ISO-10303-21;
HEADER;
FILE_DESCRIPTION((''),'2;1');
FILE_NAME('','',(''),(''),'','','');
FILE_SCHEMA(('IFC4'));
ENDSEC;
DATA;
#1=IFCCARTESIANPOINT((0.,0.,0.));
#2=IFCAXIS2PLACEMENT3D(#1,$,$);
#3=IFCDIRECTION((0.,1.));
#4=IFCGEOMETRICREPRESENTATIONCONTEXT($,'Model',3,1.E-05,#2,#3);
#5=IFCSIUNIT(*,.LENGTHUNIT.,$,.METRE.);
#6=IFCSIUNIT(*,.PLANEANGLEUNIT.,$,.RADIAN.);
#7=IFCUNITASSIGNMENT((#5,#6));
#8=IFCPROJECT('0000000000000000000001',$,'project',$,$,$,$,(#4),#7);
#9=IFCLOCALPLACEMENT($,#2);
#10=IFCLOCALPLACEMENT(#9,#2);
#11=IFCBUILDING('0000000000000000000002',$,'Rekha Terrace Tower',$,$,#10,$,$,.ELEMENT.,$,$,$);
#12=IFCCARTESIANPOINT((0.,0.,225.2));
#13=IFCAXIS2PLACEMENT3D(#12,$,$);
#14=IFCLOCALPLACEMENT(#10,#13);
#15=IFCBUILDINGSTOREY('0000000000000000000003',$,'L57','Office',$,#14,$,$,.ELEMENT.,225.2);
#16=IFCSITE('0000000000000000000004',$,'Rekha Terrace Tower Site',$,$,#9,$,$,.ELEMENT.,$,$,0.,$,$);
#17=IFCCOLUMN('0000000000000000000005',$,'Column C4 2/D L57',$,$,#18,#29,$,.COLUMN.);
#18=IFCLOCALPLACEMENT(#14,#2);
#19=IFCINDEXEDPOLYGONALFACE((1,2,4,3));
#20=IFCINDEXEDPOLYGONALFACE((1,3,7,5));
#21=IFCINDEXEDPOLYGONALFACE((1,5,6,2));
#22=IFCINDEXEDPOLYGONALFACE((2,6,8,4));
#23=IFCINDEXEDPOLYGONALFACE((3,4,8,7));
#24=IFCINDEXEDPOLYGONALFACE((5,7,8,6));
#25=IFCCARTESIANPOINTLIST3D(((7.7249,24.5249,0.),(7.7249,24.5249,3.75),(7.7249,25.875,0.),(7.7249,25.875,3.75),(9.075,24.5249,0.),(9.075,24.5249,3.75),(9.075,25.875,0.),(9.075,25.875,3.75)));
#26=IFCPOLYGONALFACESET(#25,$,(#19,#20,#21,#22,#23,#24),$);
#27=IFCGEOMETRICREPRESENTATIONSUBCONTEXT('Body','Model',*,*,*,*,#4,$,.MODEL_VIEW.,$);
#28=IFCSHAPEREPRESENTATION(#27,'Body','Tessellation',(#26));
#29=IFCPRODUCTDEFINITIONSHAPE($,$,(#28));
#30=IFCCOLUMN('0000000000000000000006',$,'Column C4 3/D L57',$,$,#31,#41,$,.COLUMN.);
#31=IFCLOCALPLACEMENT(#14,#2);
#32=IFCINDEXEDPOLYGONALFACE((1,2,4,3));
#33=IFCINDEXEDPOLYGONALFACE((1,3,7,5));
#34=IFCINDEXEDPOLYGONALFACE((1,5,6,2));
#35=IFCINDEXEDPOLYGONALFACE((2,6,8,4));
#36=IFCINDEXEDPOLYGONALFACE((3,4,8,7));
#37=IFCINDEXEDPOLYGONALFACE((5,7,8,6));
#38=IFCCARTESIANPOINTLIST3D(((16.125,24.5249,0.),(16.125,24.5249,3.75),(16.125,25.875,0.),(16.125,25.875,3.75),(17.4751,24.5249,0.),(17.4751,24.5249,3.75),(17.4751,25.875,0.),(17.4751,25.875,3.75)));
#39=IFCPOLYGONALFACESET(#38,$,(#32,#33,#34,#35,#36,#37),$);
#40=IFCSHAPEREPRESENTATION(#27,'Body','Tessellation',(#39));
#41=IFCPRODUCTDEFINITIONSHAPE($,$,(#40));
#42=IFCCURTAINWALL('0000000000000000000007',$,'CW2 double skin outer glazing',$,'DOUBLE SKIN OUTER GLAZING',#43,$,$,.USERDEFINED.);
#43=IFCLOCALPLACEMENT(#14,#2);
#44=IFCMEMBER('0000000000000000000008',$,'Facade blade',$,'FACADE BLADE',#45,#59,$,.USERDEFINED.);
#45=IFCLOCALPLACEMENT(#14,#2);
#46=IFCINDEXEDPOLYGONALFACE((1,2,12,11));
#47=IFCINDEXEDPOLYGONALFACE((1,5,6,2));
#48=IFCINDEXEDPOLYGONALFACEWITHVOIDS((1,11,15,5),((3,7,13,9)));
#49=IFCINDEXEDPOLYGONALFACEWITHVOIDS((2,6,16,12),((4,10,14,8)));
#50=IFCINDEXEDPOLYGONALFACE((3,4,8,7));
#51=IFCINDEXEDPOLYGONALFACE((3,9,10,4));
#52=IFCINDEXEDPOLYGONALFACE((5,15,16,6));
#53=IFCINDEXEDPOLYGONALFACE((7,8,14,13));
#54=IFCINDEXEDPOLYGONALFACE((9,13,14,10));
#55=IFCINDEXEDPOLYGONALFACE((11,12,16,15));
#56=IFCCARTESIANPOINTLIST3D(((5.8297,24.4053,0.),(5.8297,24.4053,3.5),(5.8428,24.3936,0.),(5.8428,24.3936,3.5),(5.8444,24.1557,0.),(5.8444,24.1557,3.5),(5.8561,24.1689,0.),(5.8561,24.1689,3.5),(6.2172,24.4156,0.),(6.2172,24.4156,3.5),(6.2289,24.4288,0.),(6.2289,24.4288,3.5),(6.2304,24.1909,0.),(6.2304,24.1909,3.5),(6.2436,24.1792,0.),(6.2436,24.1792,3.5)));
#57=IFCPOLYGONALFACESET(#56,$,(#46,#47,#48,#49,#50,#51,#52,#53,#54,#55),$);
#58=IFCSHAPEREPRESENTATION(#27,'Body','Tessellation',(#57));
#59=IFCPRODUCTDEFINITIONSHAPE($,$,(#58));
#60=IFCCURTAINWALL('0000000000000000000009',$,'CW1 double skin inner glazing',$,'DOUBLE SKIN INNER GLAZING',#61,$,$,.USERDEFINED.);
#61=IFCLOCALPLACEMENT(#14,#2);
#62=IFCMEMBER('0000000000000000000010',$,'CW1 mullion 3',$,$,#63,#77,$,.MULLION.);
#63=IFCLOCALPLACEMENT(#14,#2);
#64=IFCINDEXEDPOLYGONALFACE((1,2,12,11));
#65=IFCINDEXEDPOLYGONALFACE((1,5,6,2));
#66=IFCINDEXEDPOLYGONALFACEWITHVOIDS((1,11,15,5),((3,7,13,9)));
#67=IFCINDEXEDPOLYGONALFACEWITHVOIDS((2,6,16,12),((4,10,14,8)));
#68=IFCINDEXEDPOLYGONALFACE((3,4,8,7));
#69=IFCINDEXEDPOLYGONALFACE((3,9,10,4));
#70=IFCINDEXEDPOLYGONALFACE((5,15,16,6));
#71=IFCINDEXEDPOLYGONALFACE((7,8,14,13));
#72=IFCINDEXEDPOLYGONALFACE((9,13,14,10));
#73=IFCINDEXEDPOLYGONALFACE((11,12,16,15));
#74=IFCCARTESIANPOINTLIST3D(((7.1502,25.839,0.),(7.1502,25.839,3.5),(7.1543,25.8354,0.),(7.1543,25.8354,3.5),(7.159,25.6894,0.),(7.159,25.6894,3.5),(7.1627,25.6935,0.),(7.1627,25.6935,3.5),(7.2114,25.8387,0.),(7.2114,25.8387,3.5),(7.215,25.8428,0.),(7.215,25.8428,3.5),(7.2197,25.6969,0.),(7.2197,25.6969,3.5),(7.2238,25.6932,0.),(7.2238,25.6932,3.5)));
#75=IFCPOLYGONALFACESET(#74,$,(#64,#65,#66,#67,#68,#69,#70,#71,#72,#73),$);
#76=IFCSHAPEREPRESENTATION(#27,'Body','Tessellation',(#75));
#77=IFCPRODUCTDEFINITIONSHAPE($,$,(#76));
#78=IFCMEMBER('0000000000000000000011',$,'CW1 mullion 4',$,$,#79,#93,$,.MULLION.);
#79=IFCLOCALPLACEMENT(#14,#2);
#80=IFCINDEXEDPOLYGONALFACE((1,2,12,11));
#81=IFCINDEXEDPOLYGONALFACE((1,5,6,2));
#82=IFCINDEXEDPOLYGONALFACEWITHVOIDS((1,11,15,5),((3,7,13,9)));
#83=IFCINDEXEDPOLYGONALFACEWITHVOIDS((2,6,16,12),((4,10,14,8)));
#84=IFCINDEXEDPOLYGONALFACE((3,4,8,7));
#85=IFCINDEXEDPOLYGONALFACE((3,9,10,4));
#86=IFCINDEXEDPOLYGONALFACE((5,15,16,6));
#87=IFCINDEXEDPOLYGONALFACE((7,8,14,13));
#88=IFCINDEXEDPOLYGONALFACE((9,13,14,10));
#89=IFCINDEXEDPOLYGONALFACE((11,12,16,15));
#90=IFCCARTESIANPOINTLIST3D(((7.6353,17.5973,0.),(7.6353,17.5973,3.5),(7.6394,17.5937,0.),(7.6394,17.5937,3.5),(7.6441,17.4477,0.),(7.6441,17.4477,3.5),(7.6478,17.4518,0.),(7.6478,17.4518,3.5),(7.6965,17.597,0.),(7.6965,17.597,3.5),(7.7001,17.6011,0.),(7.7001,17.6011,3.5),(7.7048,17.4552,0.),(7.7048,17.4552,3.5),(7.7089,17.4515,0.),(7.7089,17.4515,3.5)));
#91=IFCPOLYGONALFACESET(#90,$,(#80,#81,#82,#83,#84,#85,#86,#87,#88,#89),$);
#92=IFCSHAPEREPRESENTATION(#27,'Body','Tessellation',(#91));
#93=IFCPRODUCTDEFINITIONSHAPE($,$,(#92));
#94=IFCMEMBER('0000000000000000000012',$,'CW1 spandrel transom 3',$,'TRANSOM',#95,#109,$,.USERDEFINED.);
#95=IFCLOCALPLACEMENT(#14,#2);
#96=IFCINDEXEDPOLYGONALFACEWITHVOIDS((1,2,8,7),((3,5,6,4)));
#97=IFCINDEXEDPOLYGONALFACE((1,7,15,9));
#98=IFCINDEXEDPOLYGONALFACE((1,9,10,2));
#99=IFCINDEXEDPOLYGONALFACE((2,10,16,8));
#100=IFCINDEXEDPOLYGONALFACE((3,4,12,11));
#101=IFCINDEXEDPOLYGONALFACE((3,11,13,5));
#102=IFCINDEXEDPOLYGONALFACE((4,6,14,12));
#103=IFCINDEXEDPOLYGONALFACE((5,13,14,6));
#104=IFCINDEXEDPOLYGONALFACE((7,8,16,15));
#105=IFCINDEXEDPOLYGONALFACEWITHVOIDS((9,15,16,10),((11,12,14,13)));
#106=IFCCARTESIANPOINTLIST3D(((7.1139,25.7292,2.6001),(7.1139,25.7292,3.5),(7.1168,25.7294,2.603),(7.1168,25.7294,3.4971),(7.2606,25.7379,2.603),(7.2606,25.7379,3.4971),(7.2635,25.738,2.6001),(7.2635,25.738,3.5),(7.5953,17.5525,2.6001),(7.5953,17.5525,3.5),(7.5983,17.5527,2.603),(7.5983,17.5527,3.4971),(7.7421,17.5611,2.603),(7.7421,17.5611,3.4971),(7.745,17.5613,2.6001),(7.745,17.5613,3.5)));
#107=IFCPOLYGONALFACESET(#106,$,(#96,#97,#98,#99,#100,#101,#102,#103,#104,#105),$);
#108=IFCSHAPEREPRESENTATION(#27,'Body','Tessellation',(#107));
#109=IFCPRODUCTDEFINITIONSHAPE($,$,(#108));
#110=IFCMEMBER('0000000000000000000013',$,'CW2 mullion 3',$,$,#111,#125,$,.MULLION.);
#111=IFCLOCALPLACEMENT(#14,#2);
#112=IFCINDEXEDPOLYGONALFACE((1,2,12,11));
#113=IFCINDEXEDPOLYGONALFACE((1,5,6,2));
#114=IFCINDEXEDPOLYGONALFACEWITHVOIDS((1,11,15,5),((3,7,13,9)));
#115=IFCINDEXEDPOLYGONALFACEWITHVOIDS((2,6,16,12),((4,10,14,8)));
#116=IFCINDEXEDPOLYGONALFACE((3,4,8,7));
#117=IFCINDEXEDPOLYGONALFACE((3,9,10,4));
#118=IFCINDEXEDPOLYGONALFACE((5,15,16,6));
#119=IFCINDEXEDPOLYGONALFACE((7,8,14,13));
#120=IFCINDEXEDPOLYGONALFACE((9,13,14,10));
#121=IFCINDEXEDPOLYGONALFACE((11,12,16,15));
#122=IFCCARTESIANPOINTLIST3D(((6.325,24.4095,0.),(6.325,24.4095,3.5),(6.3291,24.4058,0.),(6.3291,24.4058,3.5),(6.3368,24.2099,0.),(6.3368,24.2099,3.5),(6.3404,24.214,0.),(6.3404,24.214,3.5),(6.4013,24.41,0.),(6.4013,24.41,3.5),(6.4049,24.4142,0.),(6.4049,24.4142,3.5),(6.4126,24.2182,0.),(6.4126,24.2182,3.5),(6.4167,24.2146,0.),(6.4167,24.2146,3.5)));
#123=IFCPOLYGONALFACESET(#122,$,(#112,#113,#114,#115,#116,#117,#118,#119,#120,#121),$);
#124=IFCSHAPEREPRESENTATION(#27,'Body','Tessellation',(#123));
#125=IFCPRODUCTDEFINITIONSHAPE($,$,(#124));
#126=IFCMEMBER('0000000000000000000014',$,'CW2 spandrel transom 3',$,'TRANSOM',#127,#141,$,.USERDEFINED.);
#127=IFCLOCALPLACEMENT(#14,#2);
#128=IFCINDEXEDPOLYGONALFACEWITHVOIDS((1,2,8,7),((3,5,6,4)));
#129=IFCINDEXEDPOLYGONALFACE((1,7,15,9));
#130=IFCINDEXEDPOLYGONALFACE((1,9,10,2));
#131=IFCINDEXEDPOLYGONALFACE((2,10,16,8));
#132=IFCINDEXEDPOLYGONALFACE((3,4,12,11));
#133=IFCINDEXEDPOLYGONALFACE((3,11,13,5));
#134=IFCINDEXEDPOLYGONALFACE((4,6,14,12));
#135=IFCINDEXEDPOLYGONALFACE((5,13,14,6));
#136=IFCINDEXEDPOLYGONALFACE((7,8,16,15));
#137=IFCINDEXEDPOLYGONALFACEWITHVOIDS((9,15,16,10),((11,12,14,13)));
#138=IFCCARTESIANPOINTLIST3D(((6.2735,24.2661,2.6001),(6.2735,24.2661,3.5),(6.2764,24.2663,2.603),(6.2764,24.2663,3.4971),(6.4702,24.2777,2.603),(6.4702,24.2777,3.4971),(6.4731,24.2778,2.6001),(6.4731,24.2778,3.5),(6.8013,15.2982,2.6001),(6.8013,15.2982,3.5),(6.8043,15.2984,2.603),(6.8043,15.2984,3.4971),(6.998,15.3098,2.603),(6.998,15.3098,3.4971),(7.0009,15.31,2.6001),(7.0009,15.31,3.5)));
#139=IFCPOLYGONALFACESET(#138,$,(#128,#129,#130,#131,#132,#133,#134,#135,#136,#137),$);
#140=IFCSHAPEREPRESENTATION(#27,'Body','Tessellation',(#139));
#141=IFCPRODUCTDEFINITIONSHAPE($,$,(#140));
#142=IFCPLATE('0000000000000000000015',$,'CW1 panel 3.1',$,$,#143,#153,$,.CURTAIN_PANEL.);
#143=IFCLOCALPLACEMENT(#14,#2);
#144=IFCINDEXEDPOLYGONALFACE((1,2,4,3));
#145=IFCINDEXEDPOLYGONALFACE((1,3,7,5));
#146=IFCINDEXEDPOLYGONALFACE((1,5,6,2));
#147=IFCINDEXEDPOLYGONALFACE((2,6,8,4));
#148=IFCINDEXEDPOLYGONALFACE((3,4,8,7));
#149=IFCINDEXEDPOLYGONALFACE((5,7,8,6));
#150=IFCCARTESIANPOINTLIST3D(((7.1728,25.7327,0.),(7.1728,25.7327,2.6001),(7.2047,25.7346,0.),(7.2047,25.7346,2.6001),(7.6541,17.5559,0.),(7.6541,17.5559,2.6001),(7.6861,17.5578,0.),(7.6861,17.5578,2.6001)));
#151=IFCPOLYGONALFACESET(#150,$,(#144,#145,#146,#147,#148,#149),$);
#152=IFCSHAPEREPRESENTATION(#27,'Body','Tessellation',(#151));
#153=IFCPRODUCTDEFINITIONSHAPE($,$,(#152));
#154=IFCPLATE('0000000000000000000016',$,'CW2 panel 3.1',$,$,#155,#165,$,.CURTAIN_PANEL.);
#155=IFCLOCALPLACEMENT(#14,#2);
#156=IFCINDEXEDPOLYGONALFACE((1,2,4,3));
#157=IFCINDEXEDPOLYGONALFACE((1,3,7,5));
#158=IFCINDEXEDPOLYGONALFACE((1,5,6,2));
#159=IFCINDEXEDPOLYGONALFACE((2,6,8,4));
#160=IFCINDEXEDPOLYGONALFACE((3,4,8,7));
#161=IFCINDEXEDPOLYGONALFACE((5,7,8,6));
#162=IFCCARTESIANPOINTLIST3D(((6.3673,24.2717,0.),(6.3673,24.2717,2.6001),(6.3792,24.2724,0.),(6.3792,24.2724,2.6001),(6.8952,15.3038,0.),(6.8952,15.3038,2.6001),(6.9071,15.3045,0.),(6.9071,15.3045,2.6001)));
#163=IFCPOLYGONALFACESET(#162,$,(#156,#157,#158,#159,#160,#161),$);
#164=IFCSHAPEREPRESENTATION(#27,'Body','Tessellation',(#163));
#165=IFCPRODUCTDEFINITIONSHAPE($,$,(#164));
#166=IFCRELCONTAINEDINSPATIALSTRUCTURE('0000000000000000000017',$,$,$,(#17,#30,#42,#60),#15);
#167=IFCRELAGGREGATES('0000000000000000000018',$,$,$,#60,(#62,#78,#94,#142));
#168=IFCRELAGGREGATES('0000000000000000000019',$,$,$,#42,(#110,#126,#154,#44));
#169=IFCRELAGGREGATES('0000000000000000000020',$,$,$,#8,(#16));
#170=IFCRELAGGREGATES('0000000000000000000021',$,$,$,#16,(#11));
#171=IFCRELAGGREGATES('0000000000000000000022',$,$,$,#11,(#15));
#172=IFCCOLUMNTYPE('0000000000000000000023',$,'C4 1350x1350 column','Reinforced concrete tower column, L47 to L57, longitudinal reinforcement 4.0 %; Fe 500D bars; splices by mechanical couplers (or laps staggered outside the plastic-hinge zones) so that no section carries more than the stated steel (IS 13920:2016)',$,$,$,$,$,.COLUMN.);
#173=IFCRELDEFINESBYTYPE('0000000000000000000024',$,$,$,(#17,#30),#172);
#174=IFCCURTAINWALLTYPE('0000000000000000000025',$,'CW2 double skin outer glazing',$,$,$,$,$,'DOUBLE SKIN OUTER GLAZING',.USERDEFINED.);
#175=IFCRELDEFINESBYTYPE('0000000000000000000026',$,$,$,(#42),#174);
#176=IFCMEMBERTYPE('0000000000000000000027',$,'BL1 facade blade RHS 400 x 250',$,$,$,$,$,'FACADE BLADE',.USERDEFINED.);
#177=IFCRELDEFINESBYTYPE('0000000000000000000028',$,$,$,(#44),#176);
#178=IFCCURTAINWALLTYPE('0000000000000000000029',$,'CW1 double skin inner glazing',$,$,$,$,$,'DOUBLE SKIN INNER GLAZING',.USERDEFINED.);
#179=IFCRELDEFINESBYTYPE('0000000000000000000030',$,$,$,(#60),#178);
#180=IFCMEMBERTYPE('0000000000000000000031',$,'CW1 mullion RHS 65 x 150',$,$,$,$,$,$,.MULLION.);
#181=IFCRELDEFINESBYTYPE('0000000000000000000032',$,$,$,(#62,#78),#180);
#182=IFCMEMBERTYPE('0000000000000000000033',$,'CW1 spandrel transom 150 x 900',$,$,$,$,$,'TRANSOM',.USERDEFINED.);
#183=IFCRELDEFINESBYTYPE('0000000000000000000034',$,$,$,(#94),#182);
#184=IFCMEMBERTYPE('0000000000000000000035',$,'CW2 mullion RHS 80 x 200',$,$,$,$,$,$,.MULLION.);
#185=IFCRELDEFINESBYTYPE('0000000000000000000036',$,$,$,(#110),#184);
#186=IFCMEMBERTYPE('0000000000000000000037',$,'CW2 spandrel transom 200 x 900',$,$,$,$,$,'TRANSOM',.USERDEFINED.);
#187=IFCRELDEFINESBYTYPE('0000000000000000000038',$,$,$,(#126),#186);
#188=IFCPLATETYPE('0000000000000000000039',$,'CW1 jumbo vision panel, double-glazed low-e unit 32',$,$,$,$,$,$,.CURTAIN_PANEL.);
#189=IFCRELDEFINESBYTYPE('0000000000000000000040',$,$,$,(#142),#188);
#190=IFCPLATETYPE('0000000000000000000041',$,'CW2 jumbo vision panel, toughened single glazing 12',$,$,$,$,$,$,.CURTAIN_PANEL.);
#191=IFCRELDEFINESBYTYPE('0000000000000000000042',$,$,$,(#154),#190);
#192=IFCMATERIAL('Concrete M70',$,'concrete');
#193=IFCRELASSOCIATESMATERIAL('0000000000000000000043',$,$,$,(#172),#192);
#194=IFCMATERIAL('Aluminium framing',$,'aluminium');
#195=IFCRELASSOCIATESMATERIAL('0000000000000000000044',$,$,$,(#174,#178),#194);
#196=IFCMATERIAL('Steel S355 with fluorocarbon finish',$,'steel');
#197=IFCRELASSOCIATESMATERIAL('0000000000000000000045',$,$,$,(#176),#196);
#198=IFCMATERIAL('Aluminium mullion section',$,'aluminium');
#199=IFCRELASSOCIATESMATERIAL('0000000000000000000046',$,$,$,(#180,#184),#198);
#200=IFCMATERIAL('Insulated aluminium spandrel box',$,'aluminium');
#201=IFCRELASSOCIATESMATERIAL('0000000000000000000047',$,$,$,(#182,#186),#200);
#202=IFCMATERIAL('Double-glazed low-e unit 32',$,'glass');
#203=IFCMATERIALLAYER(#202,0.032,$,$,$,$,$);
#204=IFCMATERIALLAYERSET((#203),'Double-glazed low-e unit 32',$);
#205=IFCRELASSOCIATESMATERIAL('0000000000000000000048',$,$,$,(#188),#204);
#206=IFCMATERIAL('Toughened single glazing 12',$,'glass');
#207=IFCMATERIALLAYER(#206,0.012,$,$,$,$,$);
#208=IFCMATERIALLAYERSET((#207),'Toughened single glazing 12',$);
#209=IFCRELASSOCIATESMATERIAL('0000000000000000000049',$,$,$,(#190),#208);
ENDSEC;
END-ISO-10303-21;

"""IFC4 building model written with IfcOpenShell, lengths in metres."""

from ifc_helpers import new_model, si_unit, direction, frame, origin, origin_2d, place, context, subcontext, project, spatial, rectangle, hollow_rectangle, extrude, material, layer, layer_set, material_profile, profile_set, type_object, element, aggregate, save


model = new_model("IFC4")

# Units and contexts
model_context = context("Model", 3, precision=1e-05, world=origin(), true_north=direction((0.0, 1.0)))
body_context = subcontext(model_context, "Body", "Model", "MODEL_VIEW")
ifc_project = project(units=[si_unit("LENGTHUNIT", "METRE"), si_unit("PLANEANGLEUNIT", "RADIAN")], contexts=[model_context])

# Site, building, storey
site_placement = place(None, origin())
site = spatial("IfcSite", under=ifc_project, at=site_placement, Name="Rekha Terrace Tower Site", CompositionType="ELEMENT", RefElevation=0.0)
building_placement = place(site_placement, origin())
building = spatial("IfcBuilding", under=site, at=building_placement, Name="Rekha Terrace Tower", CompositionType="ELEMENT")
storey_placement = place(building_placement, frame((0.0, 0.0, 225.2)))
storey = spatial("IfcBuildingStorey", under=building, at=storey_placement, Name="L57", Description="Office", CompositionType="ELEMENT", Elevation=225.2)

# Columns
ifc_material_1 = material(Name="Concrete M70", Category="concrete")
ifc_material_profile_1 = material_profile(ifc_material_1, rectangle(XDim=1.3501, YDim=1.3501, at=origin_2d()), Name="RC 1350x1350")
ifc_profile_set_1 = profile_set([ifc_material_profile_1], Name="Concrete M70")
column_type = type_object("IfcColumnType", Name="C4 1350x1350 column", Description="Reinforced concrete tower column, L47 to L57, longitudinal reinforcement 4.0 %; Fe 500D bars; splices by mechanical couplers (or laps staggered outside the plastic-hinge zones) so that no section carries more than the stated steel (IS 13920:2016)", PredefinedType="COLUMN", material=ifc_profile_set_1)
for number, where, z_axis, x_axis, name in (
    (1, (8.3999, 25.2, 0.0), (0.0, 0.0, 1.0), (1.0, 0.0, 0.0), "Column C4 2/D L57"),
    (2, (16.8, 25.2, 0.0), (0.0, 0.0, 1.0), (1.0, 0.0, 0.0), "Column C4 3/D L57"),
):
    element("IfcColumn", number, at=place(storey_placement, frame(where, z_axis=z_axis, x_axis=x_axis)), inside=storey, type_object=column_type, Name=name, PredefinedType="COLUMN", context=body_context, shape_type="SweptSolid", body=[
        extrude(rectangle(XDim=1.3501, YDim=1.3501, at=origin_2d()), origin(), (0.0, 0.0, 1.0), 3.75),
    ])

# Curtain wall, member
ifc_material_2 = material(Name="Aluminium framing", Category="aluminium")
curtain_wall_type_1 = type_object("IfcCurtainWallType", Name="CW2 double skin outer glazing", ElementType="DOUBLE SKIN OUTER GLAZING", PredefinedType="USERDEFINED", material=ifc_material_2)
curtain_wall_1_placement = place(storey_placement, origin())
curtain_wall_1 = element("IfcCurtainWall", 3, at=curtain_wall_1_placement, inside=storey, type_object=curtain_wall_type_1, Name="CW2 double skin outer glazing", ObjectType="DOUBLE SKIN OUTER GLAZING", PredefinedType="USERDEFINED")
ifc_material_3 = material(Name="Steel S355 with fluorocarbon finish", Category="steel")
ifc_material_profile_2 = material_profile(ifc_material_3, hollow_rectangle(XDim=0.25, YDim=0.3999, WallThickness=0.0125, at=origin_2d()), Name="RHS400x250x12.5")
ifc_profile_set_2 = profile_set([ifc_material_profile_2], Name="Steel S355 with fluorocarbon finish")
member_type_1 = type_object("IfcMemberType", Name="BL1 facade blade RHS 400 x 250", ElementType="FACADE BLADE", PredefinedType="USERDEFINED", material=ifc_profile_set_2)
member_1_placement = place(storey_placement, frame((6.0366, 24.2922, 0.0), z_axis=(0.0, 0.0, 1.0), x_axis=(0.058765, -0.998272, 0.0)))
member_1 = element("IfcMember", 4, at=member_1_placement, type_object=member_type_1, Name="Facade blade", ObjectType="FACADE BLADE", PredefinedType="USERDEFINED", context=body_context, shape_type="SweptSolid", body=[
    extrude(hollow_rectangle(XDim=0.25, YDim=0.3999, WallThickness=0.0125, at=origin_2d()), origin(), (0.0, 0.0, 1.0), 3.5),
])

# Curtain wall, members
curtain_wall_type_2 = type_object("IfcCurtainWallType", Name="CW1 double skin inner glazing", ElementType="DOUBLE SKIN INNER GLAZING", PredefinedType="USERDEFINED", material=ifc_material_2)
curtain_wall_2_placement = place(storey_placement, origin())
curtain_wall_2 = element("IfcCurtainWall", 5, at=curtain_wall_2_placement, inside=storey, type_object=curtain_wall_type_2, Name="CW1 double skin inner glazing", ObjectType="DOUBLE SKIN INNER GLAZING", PredefinedType="USERDEFINED")
ifc_material_4 = material(Name="Aluminium mullion section", Category="aluminium")
ifc_material_profile_3 = material_profile(ifc_material_4, hollow_rectangle(XDim=0.0649, YDim=0.1499, WallThickness=0.0039, at=origin_2d()), Name="AL RHS 65x150")
ifc_profile_set_3 = profile_set([ifc_material_profile_3], Name="Aluminium mullion section")
member_type_2 = type_object("IfcMemberType", Name="CW1 mullion RHS 65 x 150", PredefinedType="MULLION", material=ifc_profile_set_3)
member_2_placement = place(storey_placement, frame((7.187, 25.7661, 0.0), z_axis=(0.0, 0.0, 1.0), x_axis=(0.998272, 0.058765, 0.0)))
member_2 = element("IfcMember", 6, at=member_2_placement, type_object=member_type_2, Name="CW1 mullion 3", PredefinedType="MULLION", context=body_context, shape_type="SweptSolid", body=[
    extrude(hollow_rectangle(XDim=0.0649, YDim=0.1499, WallThickness=0.0039, at=origin_2d()), origin(), (0.0, 0.0, 1.0), 3.5),
])
member_3_placement = place(storey_placement, frame((7.6721, 17.5244, 0.0), z_axis=(0.0, 0.0, 1.0), x_axis=(0.998272, 0.058765, 0.0)))
member_3 = element("IfcMember", 7, at=member_3_placement, type_object=member_type_2, Name="CW1 mullion 4", PredefinedType="MULLION", context=body_context, shape_type="SweptSolid", body=[
    extrude(hollow_rectangle(XDim=0.0649, YDim=0.1499, WallThickness=0.0039, at=origin_2d()), origin(), (0.0, 0.0, 1.0), 3.5),
])
ifc_material_5 = material(Name="Insulated aluminium spandrel box", Category="aluminium")
ifc_material_profile_4 = material_profile(ifc_material_5, hollow_rectangle(XDim=0.1499, YDim=0.8999, WallThickness=0.0029, at=origin_2d()), Name="AL SPANDREL BOX 150x900")
ifc_profile_set_4 = profile_set([ifc_material_profile_4], Name="Insulated aluminium spandrel box")
member_type_3 = type_object("IfcMemberType", Name="CW1 spandrel transom 150 x 900", ElementType="TRANSOM", PredefinedType="USERDEFINED", material=ifc_profile_set_4)
member_4_placement = place(storey_placement, frame((7.1887, 25.7336, 3.05), z_axis=(0.058778, -0.998271, 0.0), x_axis=(0.998271, 0.058778, 0.0)))
member_4 = element("IfcMember", 8, at=member_4_placement, type_object=member_type_3, Name="CW1 spandrel transom 3", ObjectType="TRANSOM", PredefinedType="USERDEFINED", context=body_context, shape_type="SweptSolid", body=[
    extrude(hollow_rectangle(XDim=0.1499, YDim=0.8999, WallThickness=0.0029, at=origin_2d()), origin(), (0.0, 0.0, 1.0), 8.1909),
])

# Members
ifc_material_profile_5 = material_profile(ifc_material_4, hollow_rectangle(XDim=0.0801, YDim=0.2, WallThickness=0.0039, at=origin_2d()), Name="AL RHS 80x200")
ifc_profile_set_5 = profile_set([ifc_material_profile_5], Name="Aluminium mullion section")
member_type_4 = type_object("IfcMemberType", Name="CW2 mullion RHS 80 x 200", PredefinedType="MULLION", material=ifc_profile_set_5)
member_5_placement = place(storey_placement, frame((6.3708, 24.312, 0.0), z_axis=(0.0, 0.0, 1.0), x_axis=(0.998272, 0.058765, 0.0)))
member_5 = element("IfcMember", 9, at=member_5_placement, type_object=member_type_4, Name="CW2 mullion 3", PredefinedType="MULLION", context=body_context, shape_type="SweptSolid", body=[
    extrude(hollow_rectangle(XDim=0.0801, YDim=0.2, WallThickness=0.0039, at=origin_2d()), origin(), (0.0, 0.0, 1.0), 3.5),
])
ifc_material_profile_6 = material_profile(ifc_material_5, hollow_rectangle(XDim=0.2, YDim=0.8999, WallThickness=0.0029, at=origin_2d()), Name="AL SPANDREL BOX 200x900")
ifc_profile_set_6 = profile_set([ifc_material_profile_6], Name="Insulated aluminium spandrel box")
member_type_5 = type_object("IfcMemberType", Name="CW2 spandrel transom 200 x 900", ElementType="TRANSOM", PredefinedType="USERDEFINED", material=ifc_profile_set_6)
member_6_placement = place(storey_placement, frame((6.3733, 24.272, 3.05), z_axis=(0.058757, -0.998272, 0.0), x_axis=(0.998272, 0.058757, 0.0)))
member_6 = element("IfcMember", 10, at=member_6_placement, type_object=member_type_5, Name="CW2 spandrel transom 3", ObjectType="TRANSOM", PredefinedType="USERDEFINED", context=body_context, shape_type="SweptSolid", body=[
    extrude(hollow_rectangle(XDim=0.2, YDim=0.8999, WallThickness=0.0029, at=origin_2d()), origin(), (0.0, 0.0, 1.0), 8.9834),
])

# Plates
ifc_material_6 = material(Name="Double-glazed low-e unit 32", Category="glass")
ifc_layer_1 = layer(ifc_material_6, 0.032)
ifc_layer_set_1 = layer_set([ifc_layer_1], Name="Double-glazed low-e unit 32")
plate_type_1 = type_object("IfcPlateType", Name="CW1 jumbo vision panel, double-glazed low-e unit 32", PredefinedType="CURTAIN_PANEL", material=ifc_layer_set_1)
plate_1_placement = place(storey_placement, frame((7.4294, 21.6453, 0.0), z_axis=(0.0, 0.0, 1.0), x_axis=(0.058765, -0.998272, 0.0)))
plate_1 = element("IfcPlate", 11, at=plate_1_placement, type_object=plate_type_1, Name="CW1 panel 3.1", PredefinedType="CURTAIN_PANEL", context=body_context, shape_type="SweptSolid", body=[
    extrude(rectangle(XDim=8.1909, YDim=0.032, at=origin_2d()), origin(), (0.0, 0.0, 1.0), 2.6001),
])
aggregate(curtain_wall_2, [member_2, member_3, member_4, plate_1])
ifc_material_7 = material(Name="Toughened single glazing 12", Category="glass")
ifc_layer_2 = layer(ifc_material_7, 0.012)
ifc_layer_set_2 = layer_set([ifc_layer_2], Name="Toughened single glazing 12")
plate_type_2 = type_object("IfcPlateType", Name="CW2 jumbo vision panel, toughened single glazing 12", PredefinedType="CURTAIN_PANEL", material=ifc_layer_set_2)
plate_2_placement = place(storey_placement, frame((6.6372, 19.7881, 0.0), z_axis=(0.0, 0.0, 1.0), x_axis=(0.058765, -0.998272, 0.0)))
plate_2 = element("IfcPlate", 12, at=plate_2_placement, type_object=plate_type_2, Name="CW2 panel 3.1", PredefinedType="CURTAIN_PANEL", context=body_context, shape_type="SweptSolid", body=[
    extrude(rectangle(XDim=8.9834, YDim=0.012, at=origin_2d()), origin(), (0.0, 0.0, 1.0), 2.6001),
])
aggregate(curtain_wall_1, [member_5, member_6, plate_2, member_1])

save(model, "model.ifc")
